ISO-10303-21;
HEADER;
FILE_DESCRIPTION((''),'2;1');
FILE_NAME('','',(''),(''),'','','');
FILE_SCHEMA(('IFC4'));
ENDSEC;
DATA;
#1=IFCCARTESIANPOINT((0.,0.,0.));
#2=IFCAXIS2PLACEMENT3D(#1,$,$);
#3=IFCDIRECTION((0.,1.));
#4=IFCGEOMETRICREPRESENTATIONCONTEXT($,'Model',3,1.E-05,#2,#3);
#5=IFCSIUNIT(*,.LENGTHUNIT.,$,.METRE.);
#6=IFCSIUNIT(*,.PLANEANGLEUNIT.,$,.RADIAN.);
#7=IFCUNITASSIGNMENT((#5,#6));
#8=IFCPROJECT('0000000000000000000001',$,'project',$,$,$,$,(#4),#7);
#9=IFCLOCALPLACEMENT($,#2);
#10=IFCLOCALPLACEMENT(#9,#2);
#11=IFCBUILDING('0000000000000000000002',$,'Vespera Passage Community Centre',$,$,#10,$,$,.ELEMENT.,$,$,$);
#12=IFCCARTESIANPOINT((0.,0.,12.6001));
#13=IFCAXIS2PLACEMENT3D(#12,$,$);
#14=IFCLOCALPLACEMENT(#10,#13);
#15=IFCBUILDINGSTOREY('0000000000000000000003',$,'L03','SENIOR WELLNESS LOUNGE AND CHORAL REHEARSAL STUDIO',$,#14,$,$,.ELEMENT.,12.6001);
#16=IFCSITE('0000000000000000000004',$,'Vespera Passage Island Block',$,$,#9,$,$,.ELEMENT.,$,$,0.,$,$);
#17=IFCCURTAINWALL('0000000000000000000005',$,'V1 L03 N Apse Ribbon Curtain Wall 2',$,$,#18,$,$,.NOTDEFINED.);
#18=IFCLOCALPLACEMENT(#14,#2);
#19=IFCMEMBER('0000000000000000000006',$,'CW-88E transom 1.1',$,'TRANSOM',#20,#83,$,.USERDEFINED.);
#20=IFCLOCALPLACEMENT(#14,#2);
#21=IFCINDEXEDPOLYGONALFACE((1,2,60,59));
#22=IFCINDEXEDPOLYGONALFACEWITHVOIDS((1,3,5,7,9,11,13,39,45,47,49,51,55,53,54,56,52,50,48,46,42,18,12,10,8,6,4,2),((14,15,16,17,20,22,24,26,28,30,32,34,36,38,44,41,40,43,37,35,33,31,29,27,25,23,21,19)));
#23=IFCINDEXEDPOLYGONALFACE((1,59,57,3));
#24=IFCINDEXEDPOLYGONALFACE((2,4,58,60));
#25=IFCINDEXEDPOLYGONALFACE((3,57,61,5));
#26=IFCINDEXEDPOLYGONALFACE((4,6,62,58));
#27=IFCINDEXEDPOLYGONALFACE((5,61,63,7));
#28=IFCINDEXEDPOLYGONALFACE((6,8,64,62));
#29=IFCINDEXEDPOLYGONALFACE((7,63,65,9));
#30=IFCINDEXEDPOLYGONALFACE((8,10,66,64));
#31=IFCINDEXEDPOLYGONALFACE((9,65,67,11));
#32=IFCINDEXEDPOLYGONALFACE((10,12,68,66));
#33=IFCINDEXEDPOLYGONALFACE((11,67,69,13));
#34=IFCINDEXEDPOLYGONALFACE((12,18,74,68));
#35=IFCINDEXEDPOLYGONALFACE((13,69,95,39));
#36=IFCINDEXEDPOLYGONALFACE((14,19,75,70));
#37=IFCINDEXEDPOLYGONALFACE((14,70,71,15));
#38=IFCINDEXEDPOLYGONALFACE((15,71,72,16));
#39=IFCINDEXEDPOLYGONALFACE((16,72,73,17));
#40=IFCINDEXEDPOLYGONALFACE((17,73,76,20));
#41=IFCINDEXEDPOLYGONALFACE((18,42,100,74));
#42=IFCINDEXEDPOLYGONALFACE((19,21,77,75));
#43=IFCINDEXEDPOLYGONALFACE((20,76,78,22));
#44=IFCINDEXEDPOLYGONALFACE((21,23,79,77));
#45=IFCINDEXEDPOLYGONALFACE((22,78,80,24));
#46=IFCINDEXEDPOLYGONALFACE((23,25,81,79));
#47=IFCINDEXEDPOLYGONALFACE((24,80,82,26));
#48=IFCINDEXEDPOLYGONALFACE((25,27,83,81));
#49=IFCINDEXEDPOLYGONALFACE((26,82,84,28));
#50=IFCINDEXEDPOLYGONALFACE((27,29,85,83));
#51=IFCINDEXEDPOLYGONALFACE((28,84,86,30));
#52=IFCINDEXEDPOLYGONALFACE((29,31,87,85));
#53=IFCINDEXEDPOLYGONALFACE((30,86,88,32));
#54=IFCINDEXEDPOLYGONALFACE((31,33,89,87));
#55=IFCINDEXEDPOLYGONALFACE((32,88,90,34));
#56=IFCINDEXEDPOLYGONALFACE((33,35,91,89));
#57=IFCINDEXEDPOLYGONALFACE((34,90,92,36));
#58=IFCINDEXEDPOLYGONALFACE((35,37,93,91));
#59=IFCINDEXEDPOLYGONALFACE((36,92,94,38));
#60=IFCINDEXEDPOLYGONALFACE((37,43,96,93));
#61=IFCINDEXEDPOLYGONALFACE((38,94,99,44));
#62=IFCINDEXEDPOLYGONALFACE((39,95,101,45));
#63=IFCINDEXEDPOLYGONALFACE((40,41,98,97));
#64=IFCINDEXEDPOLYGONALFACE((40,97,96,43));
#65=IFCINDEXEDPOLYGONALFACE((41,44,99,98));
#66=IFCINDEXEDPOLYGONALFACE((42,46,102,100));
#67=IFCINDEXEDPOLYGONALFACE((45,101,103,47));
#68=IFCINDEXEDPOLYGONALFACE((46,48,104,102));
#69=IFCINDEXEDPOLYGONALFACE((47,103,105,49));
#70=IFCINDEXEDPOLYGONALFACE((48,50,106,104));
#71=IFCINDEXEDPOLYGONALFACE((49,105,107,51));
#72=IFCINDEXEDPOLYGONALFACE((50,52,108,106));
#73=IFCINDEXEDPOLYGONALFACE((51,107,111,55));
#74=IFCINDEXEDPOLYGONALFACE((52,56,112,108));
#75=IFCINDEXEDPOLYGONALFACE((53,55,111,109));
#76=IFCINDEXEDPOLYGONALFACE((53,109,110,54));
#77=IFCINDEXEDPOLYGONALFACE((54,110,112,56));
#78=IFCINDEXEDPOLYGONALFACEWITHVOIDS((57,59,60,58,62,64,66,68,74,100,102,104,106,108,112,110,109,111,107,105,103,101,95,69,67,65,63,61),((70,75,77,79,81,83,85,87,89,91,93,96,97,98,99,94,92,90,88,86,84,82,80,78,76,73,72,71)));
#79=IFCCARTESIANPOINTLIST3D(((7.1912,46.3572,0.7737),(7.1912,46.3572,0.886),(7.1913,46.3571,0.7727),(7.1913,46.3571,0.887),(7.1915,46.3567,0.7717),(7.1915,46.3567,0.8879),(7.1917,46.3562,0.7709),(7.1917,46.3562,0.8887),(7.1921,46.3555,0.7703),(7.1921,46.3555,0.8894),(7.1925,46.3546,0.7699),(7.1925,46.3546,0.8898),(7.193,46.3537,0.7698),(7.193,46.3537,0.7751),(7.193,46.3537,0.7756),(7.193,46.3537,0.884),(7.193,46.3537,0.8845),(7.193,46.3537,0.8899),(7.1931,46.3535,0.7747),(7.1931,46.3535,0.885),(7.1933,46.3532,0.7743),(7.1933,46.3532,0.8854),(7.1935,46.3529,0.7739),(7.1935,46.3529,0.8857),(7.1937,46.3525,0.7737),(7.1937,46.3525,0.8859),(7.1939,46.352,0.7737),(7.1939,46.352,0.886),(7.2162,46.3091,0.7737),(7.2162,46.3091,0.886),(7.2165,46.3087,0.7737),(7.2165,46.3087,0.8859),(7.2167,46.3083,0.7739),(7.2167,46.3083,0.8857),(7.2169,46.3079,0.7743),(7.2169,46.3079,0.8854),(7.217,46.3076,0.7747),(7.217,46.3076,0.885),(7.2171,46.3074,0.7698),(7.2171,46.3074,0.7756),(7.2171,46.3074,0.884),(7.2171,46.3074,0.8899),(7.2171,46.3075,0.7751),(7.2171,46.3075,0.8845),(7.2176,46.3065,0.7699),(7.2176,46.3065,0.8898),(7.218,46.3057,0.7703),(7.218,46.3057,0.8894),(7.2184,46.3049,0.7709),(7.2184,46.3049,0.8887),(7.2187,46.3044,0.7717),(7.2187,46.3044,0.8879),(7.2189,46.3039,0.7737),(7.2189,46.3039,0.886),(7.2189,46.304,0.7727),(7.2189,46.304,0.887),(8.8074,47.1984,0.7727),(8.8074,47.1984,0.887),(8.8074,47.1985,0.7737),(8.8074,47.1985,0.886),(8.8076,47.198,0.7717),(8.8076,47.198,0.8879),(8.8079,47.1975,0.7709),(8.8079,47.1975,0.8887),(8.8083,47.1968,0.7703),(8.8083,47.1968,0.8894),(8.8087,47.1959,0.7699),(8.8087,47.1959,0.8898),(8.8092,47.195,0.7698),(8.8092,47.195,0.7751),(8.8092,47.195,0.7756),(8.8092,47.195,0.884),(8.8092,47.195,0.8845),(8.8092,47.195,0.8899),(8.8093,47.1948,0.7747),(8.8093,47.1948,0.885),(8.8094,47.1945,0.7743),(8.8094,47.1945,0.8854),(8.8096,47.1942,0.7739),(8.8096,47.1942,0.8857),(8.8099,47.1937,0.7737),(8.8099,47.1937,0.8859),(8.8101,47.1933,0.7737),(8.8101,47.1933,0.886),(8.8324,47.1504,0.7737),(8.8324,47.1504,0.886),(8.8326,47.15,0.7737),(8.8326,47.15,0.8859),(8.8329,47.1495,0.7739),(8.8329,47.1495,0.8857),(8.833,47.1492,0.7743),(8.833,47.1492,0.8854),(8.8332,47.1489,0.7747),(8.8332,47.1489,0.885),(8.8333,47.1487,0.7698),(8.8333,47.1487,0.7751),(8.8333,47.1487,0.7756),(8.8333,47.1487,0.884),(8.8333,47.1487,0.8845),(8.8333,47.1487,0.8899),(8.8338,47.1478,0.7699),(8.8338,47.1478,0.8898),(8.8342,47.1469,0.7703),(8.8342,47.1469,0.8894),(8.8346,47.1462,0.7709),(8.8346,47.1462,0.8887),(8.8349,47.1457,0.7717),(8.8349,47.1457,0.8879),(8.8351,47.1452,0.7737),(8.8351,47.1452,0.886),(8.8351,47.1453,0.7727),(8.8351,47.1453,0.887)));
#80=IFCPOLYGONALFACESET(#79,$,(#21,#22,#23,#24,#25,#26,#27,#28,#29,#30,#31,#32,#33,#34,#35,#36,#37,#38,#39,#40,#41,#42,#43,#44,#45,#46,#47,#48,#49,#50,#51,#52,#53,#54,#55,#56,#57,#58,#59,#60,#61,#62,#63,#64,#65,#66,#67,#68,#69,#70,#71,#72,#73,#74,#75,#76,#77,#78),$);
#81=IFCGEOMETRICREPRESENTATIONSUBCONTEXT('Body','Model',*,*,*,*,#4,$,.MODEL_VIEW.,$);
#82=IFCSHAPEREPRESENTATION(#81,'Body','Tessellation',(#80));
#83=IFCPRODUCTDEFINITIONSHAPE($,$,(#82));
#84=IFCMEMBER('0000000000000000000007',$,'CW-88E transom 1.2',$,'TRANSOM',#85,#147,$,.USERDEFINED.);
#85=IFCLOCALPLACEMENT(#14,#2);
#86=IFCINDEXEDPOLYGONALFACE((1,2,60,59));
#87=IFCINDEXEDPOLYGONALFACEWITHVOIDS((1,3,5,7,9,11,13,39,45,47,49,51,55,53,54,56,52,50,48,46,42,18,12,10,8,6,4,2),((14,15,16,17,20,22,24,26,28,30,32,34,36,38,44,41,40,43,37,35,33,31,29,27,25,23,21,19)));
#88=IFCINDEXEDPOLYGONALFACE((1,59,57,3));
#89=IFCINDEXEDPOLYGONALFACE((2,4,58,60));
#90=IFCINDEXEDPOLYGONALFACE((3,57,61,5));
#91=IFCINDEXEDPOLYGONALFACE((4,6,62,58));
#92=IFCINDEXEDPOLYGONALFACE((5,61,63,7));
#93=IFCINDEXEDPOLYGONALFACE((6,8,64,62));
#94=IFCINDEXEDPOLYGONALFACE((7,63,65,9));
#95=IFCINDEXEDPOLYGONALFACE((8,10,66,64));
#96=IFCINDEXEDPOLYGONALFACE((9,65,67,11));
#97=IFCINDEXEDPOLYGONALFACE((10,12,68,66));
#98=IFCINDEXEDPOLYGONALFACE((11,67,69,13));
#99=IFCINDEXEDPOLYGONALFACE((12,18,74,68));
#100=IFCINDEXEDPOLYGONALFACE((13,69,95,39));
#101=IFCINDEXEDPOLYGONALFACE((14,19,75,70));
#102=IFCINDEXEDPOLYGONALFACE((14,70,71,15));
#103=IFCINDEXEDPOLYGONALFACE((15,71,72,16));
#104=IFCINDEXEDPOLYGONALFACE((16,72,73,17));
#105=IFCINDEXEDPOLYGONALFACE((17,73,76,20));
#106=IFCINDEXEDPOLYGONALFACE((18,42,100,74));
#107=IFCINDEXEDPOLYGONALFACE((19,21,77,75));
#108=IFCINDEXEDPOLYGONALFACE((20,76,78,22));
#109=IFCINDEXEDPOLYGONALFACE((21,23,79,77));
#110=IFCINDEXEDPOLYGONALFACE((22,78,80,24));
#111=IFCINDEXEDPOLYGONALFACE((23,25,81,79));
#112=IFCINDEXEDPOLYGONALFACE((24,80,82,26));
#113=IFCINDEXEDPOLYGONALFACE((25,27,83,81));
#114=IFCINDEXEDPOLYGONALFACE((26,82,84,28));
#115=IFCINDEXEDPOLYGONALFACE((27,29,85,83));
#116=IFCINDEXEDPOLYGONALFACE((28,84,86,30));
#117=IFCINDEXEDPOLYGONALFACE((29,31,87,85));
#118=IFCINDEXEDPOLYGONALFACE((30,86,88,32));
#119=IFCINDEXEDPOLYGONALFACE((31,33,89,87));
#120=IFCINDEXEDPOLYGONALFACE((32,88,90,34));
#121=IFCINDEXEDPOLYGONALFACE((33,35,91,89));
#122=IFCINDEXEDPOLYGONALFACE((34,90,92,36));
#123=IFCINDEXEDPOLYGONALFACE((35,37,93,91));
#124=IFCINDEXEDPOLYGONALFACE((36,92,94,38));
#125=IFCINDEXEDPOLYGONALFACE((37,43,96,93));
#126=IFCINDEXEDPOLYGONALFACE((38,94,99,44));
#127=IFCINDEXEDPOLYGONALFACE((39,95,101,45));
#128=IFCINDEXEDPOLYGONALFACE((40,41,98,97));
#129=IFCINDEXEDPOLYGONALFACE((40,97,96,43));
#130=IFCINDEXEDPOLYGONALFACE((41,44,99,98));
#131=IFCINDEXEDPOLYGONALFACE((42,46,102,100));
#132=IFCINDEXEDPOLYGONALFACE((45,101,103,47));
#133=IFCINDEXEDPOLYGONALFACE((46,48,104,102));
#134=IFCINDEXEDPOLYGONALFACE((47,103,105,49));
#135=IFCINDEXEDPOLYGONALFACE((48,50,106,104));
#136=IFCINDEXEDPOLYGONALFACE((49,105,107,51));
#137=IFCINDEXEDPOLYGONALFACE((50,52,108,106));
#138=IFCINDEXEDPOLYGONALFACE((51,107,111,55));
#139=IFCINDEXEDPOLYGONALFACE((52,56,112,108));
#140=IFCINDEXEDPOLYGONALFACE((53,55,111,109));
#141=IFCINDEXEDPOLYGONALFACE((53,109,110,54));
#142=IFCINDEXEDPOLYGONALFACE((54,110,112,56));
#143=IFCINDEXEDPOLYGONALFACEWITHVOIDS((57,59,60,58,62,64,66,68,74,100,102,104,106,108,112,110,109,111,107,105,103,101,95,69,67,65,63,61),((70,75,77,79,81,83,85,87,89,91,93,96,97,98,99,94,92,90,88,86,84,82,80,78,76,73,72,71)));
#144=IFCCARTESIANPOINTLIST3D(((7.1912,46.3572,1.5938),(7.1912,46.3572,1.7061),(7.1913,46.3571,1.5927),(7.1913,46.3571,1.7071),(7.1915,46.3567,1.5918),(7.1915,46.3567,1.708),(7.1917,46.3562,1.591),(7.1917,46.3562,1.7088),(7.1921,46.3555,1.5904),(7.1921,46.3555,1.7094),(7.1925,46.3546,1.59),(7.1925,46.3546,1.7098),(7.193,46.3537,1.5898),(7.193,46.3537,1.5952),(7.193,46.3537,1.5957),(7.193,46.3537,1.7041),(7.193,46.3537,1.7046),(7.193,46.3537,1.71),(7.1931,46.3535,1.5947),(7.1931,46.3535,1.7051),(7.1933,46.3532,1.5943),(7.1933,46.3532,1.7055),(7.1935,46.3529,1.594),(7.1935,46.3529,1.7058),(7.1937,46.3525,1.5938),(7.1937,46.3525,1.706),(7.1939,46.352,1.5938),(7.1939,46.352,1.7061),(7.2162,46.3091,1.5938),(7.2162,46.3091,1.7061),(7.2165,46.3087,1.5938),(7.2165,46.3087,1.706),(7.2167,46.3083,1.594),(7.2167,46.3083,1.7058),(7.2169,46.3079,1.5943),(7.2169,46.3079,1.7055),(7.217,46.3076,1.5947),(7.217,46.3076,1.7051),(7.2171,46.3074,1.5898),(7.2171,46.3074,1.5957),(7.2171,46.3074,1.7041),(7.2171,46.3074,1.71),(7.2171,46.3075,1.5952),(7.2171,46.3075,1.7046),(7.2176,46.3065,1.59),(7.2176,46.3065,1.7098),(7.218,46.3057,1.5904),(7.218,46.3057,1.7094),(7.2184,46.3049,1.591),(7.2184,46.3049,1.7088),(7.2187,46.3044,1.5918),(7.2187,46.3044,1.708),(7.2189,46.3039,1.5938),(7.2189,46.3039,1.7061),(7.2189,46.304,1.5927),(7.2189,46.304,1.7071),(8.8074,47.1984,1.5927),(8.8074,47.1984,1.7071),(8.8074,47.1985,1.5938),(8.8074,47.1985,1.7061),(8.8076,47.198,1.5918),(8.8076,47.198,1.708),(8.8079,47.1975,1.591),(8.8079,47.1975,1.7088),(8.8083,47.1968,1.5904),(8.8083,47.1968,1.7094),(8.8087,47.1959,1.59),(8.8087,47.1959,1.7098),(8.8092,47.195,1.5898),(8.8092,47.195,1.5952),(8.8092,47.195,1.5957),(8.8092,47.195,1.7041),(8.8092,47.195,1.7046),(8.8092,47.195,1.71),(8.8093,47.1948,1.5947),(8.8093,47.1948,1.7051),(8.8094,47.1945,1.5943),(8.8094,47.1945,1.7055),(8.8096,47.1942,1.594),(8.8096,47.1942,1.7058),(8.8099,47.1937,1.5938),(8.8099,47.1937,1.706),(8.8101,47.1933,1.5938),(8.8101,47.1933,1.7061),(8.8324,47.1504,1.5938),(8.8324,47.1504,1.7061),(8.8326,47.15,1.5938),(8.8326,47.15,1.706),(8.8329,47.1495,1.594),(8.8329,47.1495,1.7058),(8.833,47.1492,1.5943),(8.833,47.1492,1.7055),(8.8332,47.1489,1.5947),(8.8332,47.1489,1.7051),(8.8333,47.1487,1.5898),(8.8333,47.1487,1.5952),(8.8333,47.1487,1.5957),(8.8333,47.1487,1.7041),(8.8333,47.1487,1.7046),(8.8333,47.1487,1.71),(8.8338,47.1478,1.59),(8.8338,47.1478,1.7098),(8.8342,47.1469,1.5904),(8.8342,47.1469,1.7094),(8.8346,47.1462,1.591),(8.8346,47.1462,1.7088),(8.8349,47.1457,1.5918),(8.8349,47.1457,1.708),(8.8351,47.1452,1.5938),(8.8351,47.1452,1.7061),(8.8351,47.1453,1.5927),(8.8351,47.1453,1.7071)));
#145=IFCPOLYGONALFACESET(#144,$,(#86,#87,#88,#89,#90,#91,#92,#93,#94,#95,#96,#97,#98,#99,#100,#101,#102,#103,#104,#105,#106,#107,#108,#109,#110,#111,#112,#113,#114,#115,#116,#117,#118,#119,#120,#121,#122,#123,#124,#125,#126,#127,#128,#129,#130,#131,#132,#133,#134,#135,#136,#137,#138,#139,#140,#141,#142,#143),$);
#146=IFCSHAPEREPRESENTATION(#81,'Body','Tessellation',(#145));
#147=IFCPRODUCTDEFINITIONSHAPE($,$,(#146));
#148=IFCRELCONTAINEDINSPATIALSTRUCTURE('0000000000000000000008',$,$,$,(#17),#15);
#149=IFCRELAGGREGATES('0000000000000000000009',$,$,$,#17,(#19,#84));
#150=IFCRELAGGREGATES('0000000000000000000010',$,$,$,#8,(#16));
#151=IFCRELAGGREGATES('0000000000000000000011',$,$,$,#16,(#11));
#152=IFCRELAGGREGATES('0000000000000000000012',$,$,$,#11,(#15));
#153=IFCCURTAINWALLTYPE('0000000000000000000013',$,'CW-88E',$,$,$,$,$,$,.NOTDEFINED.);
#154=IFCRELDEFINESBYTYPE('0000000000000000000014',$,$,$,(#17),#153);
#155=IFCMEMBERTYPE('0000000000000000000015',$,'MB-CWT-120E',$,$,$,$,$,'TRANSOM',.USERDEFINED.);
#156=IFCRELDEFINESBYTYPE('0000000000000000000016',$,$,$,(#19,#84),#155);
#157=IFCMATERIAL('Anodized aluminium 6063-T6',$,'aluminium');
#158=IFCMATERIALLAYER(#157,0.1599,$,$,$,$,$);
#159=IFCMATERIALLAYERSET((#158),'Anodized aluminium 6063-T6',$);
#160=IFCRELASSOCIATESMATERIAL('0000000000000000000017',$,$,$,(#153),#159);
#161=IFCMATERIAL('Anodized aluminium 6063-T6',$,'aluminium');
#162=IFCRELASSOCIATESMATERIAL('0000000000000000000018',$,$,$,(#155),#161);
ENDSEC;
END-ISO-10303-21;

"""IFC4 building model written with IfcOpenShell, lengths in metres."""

from ifc_helpers import new_model, si_unit, direction, frame, origin, origin_2d, place, context, subcontext, project, spatial, hollow_rectangle, extrude, material, layer, layer_set, material_profile, profile_set, type_object, element, aggregate, save


model = new_model("IFC4")

# Units and contexts
model_context = context("Model", 3, precision=1e-05, world=origin(), true_north=direction((0.0, 1.0)))
body_context = subcontext(model_context, "Body", "Model", "MODEL_VIEW")
ifc_project = project(units=[si_unit("LENGTHUNIT", "METRE"), si_unit("PLANEANGLEUNIT", "RADIAN")], contexts=[model_context])

# Site, building, storey
site_placement = place(None, origin())
site = spatial("IfcSite", under=ifc_project, at=site_placement, Name="Vespera Passage Island Block", CompositionType="ELEMENT", RefElevation=0.0)
building_placement = place(site_placement, origin())
building = spatial("IfcBuilding", under=site, at=building_placement, Name="Vespera Passage Community Centre", CompositionType="ELEMENT")
storey_placement = place(building_placement, frame((0.0, 0.0, 12.6001)))
storey = spatial("IfcBuildingStorey", under=building, at=storey_placement, Name="L03", Description="SENIOR WELLNESS LOUNGE AND CHORAL REHEARSAL STUDIO", CompositionType="ELEMENT", Elevation=12.6001)

# Curtain wall, members
ifc_material_1 = material(Name="Anodized aluminium 6063-T6", Category="aluminium")
ifc_layer_1 = layer(ifc_material_1, 0.1599)
ifc_layer_set_1 = layer_set([ifc_layer_1], Name="Anodized aluminium 6063-T6")
curtain_wall_type = type_object("IfcCurtainWallType", Name="CW-88E", PredefinedType="NOTDEFINED", material=ifc_layer_set_1)
curtain_wall_placement = place(storey_placement, origin())
curtain_wall = element("IfcCurtainWall", 1, at=curtain_wall_placement, inside=storey, type_object=curtain_wall_type, Name="V1 L03 N Apse Ribbon Curtain Wall 2", PredefinedType="NOTDEFINED")
ifc_material_2 = material(Name="Anodized aluminium 6063-T6", Category="aluminium")
ifc_material_profile_1 = material_profile(ifc_material_2, hollow_rectangle(XDim=0.0601, YDim=0.1201, WallThickness=0.0039, InnerFilletRadius=0.002, OuterFilletRadius=0.0039, at=origin_2d()), Name="ALU120X60X4")
ifc_profile_set_1 = profile_set([ifc_material_profile_1], Name="Anodized aluminium 6063-T6")
member_type_1 = type_object("IfcMemberType", Name="MB-CWT-120E", ElementType="TRANSOM", PredefinedType="USERDEFINED", material=ifc_profile_set_1)
member_1_placement = place(storey_placement, frame((7.2051, 46.3306, 0.8298), z_axis=(0.887019, 0.461732, 0.0), x_axis=(-0.461732, 0.887019, 0.0)))
member_1 = element("IfcMember", 2, at=member_1_placement, type_object=member_type_1, Name="CW-88E transom 1.1", ObjectType="TRANSOM", PredefinedType="USERDEFINED", context=body_context, shape_type="SweptSolid", body=[
    extrude(hollow_rectangle(XDim=0.0601, YDim=0.1201, WallThickness=0.0039, InnerFilletRadius=0.002, OuterFilletRadius=0.0039, at=origin_2d()), origin(), (0.0, 0.0, 1.0), 1.822),
])
member_2_placement = place(storey_placement, frame((7.2051, 46.3306, 1.6499), z_axis=(0.887019, 0.461732, 0.0), x_axis=(-0.461732, 0.887019, 0.0)))
member_2 = element("IfcMember", 3, at=member_2_placement, type_object=member_type_1, Name="CW-88E transom 1.2", ObjectType="TRANSOM", PredefinedType="USERDEFINED", context=body_context, shape_type="SweptSolid", body=[
    extrude(hollow_rectangle(XDim=0.0601, YDim=0.1201, WallThickness=0.0039, InnerFilletRadius=0.002, OuterFilletRadius=0.0039, at=origin_2d()), origin(), (0.0, 0.0, 1.0), 1.822),
])
aggregate(curtain_wall, [member_1, member_2])

save(model, "model.ifc")
